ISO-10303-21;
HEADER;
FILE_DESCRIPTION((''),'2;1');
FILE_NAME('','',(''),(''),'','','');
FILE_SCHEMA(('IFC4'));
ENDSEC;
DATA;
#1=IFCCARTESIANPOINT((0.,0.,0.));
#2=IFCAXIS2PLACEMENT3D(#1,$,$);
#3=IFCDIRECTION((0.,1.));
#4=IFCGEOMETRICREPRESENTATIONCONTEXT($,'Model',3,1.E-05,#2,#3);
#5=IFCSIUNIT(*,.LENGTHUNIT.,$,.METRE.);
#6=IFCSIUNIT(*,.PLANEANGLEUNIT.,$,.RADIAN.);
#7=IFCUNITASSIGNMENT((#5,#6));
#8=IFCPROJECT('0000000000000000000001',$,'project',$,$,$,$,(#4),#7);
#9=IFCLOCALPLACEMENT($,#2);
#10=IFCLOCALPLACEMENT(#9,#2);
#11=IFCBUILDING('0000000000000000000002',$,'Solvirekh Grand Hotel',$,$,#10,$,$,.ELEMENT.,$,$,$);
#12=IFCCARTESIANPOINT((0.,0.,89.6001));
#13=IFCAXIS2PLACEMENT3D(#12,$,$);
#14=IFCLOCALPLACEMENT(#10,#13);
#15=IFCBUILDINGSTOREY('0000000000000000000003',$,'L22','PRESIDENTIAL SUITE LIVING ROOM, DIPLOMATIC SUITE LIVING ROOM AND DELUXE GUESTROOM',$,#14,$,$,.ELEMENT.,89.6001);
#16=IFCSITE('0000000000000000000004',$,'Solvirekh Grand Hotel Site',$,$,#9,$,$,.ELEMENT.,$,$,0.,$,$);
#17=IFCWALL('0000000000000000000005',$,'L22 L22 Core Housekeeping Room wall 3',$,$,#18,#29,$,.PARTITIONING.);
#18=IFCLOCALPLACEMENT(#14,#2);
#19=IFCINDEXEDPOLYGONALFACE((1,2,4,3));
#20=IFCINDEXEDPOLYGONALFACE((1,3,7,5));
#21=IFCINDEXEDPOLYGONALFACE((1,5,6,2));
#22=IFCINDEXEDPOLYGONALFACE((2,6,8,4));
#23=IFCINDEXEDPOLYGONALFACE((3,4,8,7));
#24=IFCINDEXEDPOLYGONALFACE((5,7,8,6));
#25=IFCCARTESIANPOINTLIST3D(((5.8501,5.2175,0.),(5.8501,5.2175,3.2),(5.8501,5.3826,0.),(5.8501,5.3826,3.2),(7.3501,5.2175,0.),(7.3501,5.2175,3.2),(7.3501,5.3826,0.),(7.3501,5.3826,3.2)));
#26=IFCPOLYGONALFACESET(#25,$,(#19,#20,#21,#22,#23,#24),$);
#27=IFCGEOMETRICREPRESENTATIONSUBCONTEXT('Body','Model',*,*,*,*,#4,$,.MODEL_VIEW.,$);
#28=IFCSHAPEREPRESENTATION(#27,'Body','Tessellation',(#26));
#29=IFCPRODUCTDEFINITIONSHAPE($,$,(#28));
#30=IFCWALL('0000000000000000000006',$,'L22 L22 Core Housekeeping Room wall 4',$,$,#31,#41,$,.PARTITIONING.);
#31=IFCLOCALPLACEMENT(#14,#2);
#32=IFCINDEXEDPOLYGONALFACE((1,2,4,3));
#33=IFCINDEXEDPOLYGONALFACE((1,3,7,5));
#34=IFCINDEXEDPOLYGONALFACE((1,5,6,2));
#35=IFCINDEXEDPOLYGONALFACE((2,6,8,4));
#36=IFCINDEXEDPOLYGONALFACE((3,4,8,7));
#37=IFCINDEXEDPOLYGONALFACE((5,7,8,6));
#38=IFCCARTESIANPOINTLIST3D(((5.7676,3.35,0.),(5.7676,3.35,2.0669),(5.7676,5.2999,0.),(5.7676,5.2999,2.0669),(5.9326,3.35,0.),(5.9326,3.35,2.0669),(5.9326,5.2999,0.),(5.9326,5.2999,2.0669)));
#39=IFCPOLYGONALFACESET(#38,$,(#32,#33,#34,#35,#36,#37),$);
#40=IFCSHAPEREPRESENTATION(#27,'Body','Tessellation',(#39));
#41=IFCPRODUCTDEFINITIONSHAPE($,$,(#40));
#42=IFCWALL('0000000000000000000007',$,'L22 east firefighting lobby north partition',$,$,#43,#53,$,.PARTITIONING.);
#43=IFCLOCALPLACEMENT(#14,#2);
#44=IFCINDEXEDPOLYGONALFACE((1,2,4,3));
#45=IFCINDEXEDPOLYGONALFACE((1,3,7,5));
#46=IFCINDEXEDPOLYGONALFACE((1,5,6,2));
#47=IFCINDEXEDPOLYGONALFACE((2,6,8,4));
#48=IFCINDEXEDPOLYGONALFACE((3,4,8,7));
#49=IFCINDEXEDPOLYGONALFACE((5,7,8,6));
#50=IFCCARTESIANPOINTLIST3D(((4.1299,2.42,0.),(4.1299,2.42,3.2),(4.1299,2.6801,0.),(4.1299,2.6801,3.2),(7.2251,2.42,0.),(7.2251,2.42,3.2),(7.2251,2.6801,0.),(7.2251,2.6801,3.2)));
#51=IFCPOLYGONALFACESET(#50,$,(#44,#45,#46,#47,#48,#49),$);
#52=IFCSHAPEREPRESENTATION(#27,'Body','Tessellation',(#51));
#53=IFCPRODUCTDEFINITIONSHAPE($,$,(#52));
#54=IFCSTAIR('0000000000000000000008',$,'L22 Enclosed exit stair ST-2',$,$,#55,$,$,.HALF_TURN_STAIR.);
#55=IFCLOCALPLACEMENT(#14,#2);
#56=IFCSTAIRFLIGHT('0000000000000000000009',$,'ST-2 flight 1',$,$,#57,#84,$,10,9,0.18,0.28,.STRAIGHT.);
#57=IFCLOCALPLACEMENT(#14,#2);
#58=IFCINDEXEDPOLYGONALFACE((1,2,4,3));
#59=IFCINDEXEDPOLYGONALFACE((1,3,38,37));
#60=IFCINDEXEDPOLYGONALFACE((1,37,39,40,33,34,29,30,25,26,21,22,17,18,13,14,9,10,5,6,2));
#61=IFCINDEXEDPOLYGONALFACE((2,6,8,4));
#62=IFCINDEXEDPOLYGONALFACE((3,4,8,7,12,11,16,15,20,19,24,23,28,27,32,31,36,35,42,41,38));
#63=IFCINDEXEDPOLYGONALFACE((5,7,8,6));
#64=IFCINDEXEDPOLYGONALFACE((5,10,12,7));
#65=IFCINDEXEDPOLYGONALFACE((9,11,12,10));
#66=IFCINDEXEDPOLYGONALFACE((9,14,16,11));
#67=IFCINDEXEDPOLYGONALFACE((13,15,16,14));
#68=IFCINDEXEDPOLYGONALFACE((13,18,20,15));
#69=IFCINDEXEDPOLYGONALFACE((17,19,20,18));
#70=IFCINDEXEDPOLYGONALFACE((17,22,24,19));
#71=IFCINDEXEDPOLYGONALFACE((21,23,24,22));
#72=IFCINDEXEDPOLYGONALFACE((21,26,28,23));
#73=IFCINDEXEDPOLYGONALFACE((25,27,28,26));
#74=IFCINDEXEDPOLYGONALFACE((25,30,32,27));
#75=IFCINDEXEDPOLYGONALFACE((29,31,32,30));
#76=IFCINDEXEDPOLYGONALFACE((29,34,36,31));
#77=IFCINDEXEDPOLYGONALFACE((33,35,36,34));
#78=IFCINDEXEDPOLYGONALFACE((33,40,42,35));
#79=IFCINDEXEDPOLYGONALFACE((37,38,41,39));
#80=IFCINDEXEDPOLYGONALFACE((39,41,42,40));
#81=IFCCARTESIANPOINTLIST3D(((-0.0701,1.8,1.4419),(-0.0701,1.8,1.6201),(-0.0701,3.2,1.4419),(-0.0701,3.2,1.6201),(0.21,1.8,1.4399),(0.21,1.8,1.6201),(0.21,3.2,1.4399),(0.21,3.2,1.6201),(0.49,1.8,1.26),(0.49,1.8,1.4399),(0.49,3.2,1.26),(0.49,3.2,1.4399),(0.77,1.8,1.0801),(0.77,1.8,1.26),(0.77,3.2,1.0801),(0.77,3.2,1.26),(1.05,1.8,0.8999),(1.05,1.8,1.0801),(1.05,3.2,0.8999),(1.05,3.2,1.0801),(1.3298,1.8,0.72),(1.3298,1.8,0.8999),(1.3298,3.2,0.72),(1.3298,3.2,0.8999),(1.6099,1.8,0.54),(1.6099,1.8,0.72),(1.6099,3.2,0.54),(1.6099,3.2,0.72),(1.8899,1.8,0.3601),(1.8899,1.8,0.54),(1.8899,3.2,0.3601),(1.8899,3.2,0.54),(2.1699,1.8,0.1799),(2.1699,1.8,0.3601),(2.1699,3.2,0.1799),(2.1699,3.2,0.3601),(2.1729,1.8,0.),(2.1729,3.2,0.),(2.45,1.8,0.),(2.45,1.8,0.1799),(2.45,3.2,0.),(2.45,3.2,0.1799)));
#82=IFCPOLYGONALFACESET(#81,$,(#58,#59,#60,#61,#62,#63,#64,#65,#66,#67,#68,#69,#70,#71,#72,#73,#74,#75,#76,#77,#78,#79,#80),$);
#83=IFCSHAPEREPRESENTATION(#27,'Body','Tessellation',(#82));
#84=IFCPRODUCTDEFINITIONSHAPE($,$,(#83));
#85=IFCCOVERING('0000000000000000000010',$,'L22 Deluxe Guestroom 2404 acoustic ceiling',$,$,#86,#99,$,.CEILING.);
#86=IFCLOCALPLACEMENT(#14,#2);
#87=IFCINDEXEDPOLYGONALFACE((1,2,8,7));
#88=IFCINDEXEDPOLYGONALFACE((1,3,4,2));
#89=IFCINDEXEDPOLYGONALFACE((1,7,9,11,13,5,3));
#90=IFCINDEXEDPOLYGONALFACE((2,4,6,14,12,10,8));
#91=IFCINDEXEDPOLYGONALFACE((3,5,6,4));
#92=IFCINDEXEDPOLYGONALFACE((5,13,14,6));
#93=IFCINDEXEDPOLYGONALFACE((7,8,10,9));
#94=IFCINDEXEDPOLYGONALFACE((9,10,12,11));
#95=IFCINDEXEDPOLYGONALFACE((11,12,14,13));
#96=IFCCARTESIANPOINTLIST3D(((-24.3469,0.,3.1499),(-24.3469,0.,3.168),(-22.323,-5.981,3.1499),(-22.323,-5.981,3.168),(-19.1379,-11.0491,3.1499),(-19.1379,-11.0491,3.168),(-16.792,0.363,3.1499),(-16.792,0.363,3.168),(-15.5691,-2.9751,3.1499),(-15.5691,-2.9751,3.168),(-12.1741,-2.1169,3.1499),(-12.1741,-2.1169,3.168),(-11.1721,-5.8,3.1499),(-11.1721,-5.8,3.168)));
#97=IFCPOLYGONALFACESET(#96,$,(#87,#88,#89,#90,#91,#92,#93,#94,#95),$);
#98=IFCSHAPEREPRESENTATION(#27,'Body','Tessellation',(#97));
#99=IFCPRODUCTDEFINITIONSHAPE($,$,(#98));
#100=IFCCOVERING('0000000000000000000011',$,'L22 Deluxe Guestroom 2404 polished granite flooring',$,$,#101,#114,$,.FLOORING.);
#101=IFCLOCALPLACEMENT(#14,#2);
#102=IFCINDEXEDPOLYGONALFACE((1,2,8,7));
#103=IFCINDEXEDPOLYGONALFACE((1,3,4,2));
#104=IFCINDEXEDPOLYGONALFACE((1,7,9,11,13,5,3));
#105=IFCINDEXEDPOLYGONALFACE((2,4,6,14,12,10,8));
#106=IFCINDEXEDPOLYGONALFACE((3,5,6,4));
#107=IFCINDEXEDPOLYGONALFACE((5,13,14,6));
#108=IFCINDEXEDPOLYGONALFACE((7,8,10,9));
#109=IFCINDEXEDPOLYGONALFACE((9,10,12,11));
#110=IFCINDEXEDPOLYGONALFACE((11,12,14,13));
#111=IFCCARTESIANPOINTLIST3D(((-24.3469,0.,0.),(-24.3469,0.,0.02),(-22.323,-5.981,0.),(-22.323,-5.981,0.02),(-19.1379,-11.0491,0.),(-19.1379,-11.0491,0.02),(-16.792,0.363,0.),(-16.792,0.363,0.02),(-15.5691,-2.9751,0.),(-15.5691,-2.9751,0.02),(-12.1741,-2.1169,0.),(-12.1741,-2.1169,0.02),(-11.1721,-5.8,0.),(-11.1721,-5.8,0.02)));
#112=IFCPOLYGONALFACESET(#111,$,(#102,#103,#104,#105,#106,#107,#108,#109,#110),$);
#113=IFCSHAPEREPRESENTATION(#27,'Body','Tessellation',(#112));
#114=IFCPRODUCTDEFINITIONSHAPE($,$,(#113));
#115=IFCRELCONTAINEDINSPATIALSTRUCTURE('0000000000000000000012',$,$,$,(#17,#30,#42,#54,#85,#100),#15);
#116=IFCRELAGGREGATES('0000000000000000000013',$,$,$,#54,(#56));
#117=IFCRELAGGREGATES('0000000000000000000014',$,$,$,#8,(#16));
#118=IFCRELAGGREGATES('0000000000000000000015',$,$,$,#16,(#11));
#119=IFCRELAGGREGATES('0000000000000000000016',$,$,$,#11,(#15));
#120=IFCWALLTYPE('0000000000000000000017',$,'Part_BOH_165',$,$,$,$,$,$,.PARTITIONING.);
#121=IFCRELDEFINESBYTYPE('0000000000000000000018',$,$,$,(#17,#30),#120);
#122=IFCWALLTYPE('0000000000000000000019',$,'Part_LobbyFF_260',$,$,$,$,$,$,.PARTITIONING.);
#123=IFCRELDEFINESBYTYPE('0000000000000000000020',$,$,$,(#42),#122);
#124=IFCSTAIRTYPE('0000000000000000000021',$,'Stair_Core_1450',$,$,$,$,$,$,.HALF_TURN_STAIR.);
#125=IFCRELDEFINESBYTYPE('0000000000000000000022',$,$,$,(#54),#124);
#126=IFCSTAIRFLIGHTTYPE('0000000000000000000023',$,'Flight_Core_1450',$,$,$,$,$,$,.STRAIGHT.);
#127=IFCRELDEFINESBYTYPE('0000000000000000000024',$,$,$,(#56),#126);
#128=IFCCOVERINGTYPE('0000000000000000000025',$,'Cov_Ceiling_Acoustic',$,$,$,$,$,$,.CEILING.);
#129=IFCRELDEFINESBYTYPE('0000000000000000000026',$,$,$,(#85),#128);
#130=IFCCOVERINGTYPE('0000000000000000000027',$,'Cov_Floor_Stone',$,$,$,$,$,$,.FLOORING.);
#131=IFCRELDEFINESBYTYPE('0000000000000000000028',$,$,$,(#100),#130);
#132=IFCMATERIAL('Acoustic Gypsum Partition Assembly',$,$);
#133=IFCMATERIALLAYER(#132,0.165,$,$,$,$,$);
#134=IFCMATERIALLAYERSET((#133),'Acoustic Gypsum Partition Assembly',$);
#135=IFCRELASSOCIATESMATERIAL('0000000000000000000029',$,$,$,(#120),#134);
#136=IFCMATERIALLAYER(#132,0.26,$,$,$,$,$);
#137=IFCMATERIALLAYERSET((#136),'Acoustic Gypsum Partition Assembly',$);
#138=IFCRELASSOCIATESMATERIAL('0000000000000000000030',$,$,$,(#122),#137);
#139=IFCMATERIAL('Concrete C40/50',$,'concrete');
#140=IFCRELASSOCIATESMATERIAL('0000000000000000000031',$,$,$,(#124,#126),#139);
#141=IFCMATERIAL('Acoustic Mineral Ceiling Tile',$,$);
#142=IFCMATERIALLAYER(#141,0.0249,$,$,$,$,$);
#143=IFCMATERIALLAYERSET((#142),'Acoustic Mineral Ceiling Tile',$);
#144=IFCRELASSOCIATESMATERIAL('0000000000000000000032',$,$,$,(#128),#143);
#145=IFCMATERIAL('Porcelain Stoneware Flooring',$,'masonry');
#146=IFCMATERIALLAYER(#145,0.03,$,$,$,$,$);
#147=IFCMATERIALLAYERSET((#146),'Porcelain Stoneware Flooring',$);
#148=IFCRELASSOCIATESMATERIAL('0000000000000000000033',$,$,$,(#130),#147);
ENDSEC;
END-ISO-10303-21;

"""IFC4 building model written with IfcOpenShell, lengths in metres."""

from ifc_helpers import new_model, si_unit, direction, frame, frame_2d, origin, place, context, subcontext, project, spatial, polyline, rectangle, outline, extrude, material, layer, layer_set, type_object, element, aggregate, save


model = new_model("IFC4")

# Units and contexts
model_context = context("Model", 3, precision=1e-05, world=origin(), true_north=direction((0.0, 1.0)))
body_context = subcontext(model_context, "Body", "Model", "MODEL_VIEW")
ifc_project = project(units=[si_unit("LENGTHUNIT", "METRE"), si_unit("PLANEANGLEUNIT", "RADIAN")], contexts=[model_context])

# Site, building, storey
site_placement = place(None, origin())
site = spatial("IfcSite", under=ifc_project, at=site_placement, Name="Solvirekh Grand Hotel Site", CompositionType="ELEMENT", RefElevation=0.0)
building_placement = place(site_placement, origin())
building = spatial("IfcBuilding", under=site, at=building_placement, Name="Solvirekh Grand Hotel", CompositionType="ELEMENT")
storey_placement = place(building_placement, frame((0.0, 0.0, 89.6001)))
storey = spatial("IfcBuildingStorey", under=building, at=storey_placement, Name="L22", Description="PRESIDENTIAL SUITE LIVING ROOM, DIPLOMATIC SUITE LIVING ROOM AND DELUXE GUESTROOM", CompositionType="ELEMENT", Elevation=89.6001)

# Shared definitions
ifc_material_1 = material(Name="Concrete C40/50", Category="concrete")
ifc_material_2 = material(Name="Acoustic Gypsum Partition Assembly")
ifc_layer_1 = layer(ifc_material_2, 0.165)
ifc_layer_set_1 = layer_set([ifc_layer_1], Name="Acoustic Gypsum Partition Assembly")
wall_type_1 = type_object("IfcWallType", Name="Part_BOH_165", PredefinedType="PARTITIONING", material=ifc_layer_set_1)

# Walls
wall_1_placement = place(storey_placement, frame((7.3501, 5.3, 0.0), z_axis=(0.0, 0.0, 1.0), x_axis=(-1.0, 0.0, 0.0)))
element("IfcWall", 1, at=wall_1_placement, inside=storey, type_object=wall_type_1, Name="L22 L22 Core Housekeeping Room wall 3", PredefinedType="PARTITIONING", context=body_context, shape_type="SweptSolid", body=[
    extrude(rectangle(XDim=1.5, YDim=0.165, at=frame_2d((0.75, 0.0))), origin(), (0.0, 0.0, 1.0), 3.2),
])
wall_2_placement = place(storey_placement, frame((5.8501, 5.3, 0.0), z_axis=(0.0, 0.0, 1.0), x_axis=(0.0, -1.0, 0.0)))
element("IfcWall", 2, at=wall_2_placement, inside=storey, type_object=wall_type_1, Name="L22 L22 Core Housekeeping Room wall 4", PredefinedType="PARTITIONING", context=body_context, shape_type="SweptSolid", body=[
    extrude(rectangle(XDim=1.95, YDim=0.165, at=frame_2d((0.9751, 0.0))), origin(), (0.0, 0.0, 1.0), 2.0669),
])
ifc_layer_2 = layer(ifc_material_2, 0.26)
ifc_layer_set_2 = layer_set([ifc_layer_2], Name="Acoustic Gypsum Partition Assembly")
wall_type_2 = type_object("IfcWallType", Name="Part_LobbyFF_260", PredefinedType="PARTITIONING", material=ifc_layer_set_2)
wall_3_placement = place(storey_placement, frame((4.1299, 2.55, 0.0), z_axis=(0.0, 0.0, 1.0), x_axis=(1.0, 0.0, 0.0)))
element("IfcWall", 3, at=wall_3_placement, inside=storey, type_object=wall_type_2, Name="L22 east firefighting lobby north partition", PredefinedType="PARTITIONING", context=body_context, shape_type="SweptSolid", body=[
    extrude(rectangle(XDim=3.0952, YDim=0.26, at=frame_2d((1.5476, 0.0))), origin(), (0.0, 0.0, 1.0), 3.2),
])

# Stair, stair flight
stair_type = type_object("IfcStairType", Name="Stair_Core_1450", PredefinedType="HALF_TURN_STAIR", material=ifc_material_1)
stair_placement = place(storey_placement, origin())
stair = element("IfcStair", 4, at=stair_placement, inside=storey, type_object=stair_type, Name="L22 Enclosed exit stair ST-2", PredefinedType="HALF_TURN_STAIR")
stair_flight_type = type_object("IfcStairFlightType", Name="Flight_Core_1450", PredefinedType="STRAIGHT", material=ifc_material_1)
stair_flight_placement = place(storey_placement, frame((2.45, 2.5, 0.0), z_axis=(0.0, 0.0, 1.0), x_axis=(-1.0, 0.0, 0.0)))
stair_flight = element("IfcStairFlight", 5, at=stair_flight_placement, type_object=stair_flight_type, Name="ST-2 flight 1", NumberOfRisers=10, NumberOfTreads=9, PredefinedType="STRAIGHT", RiserHeight=0.18, TreadLength=0.28, context=body_context, shape_type="SweptSolid", body=[
    extrude(outline(polyline([(0.0, 0.0), (0.0, 0.1799), (0.28, 0.1799), (0.28, 0.3601), (0.5601, 0.3601), (0.5601, 0.54), (0.8401, 0.54), (0.8401, 0.72), (1.1201, 0.72), (1.1201, 0.8999), (1.3999, 0.8999), (1.3999, 1.0801), (1.6799, 1.0801), (1.6799, 1.26), (1.96, 1.26), (1.96, 1.4399), (2.24, 1.4399), (2.24, 1.6201), (2.52, 1.6201), (2.52, 1.8), (2.52, 1.4419), (0.2771, 0.0), (0.0, 0.0)])), frame((0.0, 0.7, 0.0), z_axis=(0.0, -1.0, 0.0), x_axis=(1.0, 0.0, 0.0)), (0.0, 0.0, 1.0), 1.3999),
])
aggregate(stair, [stair_flight])

# Coverings
ifc_material_3 = material(Name="Acoustic Mineral Ceiling Tile")
ifc_layer_3 = layer(ifc_material_3, 0.0249)
ifc_layer_set_3 = layer_set([ifc_layer_3], Name="Acoustic Mineral Ceiling Tile")
covering_type_1 = type_object("IfcCoveringType", Name="Cov_Ceiling_Acoustic", PredefinedType="CEILING", material=ifc_layer_set_3)
covering_1_placement = place(storey_placement, frame((0.0, 0.0, 3.1499)))
element("IfcCovering", 6, at=covering_1_placement, inside=storey, type_object=covering_type_1, Name="L22 Deluxe Guestroom 2404 acoustic ceiling", PredefinedType="CEILING", context=body_context, shape_type="SweptSolid", body=[
    extrude(outline(polyline([(-15.5691, -2.9751), (-16.792, 0.363), (-24.3469, 0.0), (-22.323, -5.981), (-19.1379, -11.0491), (-11.1721, -5.8), (-12.1741, -2.1169), (-15.5691, -2.9751)])), origin(), (0.0, 0.0, 1.0), 0.0181),
])
ifc_material_4 = material(Name="Porcelain Stoneware Flooring", Category="masonry")
ifc_layer_4 = layer(ifc_material_4, 0.03)
ifc_layer_set_4 = layer_set([ifc_layer_4], Name="Porcelain Stoneware Flooring")
covering_type_2 = type_object("IfcCoveringType", Name="Cov_Floor_Stone", PredefinedType="FLOORING", material=ifc_layer_set_4)
covering_2_placement = place(storey_placement, origin())
element("IfcCovering", 7, at=covering_2_placement, inside=storey, type_object=covering_type_2, Name="L22 Deluxe Guestroom 2404 polished granite flooring", PredefinedType="FLOORING", context=body_context, shape_type="SweptSolid", body=[
    extrude(outline(polyline([(-15.5691, -2.9751), (-16.792, 0.363), (-24.3469, 0.0), (-22.323, -5.981), (-19.1379, -11.0491), (-11.1721, -5.8), (-12.1741, -2.1169), (-15.5691, -2.9751)])), origin(), (0.0, 0.0, 1.0), 0.02),
])

save(model, "model.ifc")
